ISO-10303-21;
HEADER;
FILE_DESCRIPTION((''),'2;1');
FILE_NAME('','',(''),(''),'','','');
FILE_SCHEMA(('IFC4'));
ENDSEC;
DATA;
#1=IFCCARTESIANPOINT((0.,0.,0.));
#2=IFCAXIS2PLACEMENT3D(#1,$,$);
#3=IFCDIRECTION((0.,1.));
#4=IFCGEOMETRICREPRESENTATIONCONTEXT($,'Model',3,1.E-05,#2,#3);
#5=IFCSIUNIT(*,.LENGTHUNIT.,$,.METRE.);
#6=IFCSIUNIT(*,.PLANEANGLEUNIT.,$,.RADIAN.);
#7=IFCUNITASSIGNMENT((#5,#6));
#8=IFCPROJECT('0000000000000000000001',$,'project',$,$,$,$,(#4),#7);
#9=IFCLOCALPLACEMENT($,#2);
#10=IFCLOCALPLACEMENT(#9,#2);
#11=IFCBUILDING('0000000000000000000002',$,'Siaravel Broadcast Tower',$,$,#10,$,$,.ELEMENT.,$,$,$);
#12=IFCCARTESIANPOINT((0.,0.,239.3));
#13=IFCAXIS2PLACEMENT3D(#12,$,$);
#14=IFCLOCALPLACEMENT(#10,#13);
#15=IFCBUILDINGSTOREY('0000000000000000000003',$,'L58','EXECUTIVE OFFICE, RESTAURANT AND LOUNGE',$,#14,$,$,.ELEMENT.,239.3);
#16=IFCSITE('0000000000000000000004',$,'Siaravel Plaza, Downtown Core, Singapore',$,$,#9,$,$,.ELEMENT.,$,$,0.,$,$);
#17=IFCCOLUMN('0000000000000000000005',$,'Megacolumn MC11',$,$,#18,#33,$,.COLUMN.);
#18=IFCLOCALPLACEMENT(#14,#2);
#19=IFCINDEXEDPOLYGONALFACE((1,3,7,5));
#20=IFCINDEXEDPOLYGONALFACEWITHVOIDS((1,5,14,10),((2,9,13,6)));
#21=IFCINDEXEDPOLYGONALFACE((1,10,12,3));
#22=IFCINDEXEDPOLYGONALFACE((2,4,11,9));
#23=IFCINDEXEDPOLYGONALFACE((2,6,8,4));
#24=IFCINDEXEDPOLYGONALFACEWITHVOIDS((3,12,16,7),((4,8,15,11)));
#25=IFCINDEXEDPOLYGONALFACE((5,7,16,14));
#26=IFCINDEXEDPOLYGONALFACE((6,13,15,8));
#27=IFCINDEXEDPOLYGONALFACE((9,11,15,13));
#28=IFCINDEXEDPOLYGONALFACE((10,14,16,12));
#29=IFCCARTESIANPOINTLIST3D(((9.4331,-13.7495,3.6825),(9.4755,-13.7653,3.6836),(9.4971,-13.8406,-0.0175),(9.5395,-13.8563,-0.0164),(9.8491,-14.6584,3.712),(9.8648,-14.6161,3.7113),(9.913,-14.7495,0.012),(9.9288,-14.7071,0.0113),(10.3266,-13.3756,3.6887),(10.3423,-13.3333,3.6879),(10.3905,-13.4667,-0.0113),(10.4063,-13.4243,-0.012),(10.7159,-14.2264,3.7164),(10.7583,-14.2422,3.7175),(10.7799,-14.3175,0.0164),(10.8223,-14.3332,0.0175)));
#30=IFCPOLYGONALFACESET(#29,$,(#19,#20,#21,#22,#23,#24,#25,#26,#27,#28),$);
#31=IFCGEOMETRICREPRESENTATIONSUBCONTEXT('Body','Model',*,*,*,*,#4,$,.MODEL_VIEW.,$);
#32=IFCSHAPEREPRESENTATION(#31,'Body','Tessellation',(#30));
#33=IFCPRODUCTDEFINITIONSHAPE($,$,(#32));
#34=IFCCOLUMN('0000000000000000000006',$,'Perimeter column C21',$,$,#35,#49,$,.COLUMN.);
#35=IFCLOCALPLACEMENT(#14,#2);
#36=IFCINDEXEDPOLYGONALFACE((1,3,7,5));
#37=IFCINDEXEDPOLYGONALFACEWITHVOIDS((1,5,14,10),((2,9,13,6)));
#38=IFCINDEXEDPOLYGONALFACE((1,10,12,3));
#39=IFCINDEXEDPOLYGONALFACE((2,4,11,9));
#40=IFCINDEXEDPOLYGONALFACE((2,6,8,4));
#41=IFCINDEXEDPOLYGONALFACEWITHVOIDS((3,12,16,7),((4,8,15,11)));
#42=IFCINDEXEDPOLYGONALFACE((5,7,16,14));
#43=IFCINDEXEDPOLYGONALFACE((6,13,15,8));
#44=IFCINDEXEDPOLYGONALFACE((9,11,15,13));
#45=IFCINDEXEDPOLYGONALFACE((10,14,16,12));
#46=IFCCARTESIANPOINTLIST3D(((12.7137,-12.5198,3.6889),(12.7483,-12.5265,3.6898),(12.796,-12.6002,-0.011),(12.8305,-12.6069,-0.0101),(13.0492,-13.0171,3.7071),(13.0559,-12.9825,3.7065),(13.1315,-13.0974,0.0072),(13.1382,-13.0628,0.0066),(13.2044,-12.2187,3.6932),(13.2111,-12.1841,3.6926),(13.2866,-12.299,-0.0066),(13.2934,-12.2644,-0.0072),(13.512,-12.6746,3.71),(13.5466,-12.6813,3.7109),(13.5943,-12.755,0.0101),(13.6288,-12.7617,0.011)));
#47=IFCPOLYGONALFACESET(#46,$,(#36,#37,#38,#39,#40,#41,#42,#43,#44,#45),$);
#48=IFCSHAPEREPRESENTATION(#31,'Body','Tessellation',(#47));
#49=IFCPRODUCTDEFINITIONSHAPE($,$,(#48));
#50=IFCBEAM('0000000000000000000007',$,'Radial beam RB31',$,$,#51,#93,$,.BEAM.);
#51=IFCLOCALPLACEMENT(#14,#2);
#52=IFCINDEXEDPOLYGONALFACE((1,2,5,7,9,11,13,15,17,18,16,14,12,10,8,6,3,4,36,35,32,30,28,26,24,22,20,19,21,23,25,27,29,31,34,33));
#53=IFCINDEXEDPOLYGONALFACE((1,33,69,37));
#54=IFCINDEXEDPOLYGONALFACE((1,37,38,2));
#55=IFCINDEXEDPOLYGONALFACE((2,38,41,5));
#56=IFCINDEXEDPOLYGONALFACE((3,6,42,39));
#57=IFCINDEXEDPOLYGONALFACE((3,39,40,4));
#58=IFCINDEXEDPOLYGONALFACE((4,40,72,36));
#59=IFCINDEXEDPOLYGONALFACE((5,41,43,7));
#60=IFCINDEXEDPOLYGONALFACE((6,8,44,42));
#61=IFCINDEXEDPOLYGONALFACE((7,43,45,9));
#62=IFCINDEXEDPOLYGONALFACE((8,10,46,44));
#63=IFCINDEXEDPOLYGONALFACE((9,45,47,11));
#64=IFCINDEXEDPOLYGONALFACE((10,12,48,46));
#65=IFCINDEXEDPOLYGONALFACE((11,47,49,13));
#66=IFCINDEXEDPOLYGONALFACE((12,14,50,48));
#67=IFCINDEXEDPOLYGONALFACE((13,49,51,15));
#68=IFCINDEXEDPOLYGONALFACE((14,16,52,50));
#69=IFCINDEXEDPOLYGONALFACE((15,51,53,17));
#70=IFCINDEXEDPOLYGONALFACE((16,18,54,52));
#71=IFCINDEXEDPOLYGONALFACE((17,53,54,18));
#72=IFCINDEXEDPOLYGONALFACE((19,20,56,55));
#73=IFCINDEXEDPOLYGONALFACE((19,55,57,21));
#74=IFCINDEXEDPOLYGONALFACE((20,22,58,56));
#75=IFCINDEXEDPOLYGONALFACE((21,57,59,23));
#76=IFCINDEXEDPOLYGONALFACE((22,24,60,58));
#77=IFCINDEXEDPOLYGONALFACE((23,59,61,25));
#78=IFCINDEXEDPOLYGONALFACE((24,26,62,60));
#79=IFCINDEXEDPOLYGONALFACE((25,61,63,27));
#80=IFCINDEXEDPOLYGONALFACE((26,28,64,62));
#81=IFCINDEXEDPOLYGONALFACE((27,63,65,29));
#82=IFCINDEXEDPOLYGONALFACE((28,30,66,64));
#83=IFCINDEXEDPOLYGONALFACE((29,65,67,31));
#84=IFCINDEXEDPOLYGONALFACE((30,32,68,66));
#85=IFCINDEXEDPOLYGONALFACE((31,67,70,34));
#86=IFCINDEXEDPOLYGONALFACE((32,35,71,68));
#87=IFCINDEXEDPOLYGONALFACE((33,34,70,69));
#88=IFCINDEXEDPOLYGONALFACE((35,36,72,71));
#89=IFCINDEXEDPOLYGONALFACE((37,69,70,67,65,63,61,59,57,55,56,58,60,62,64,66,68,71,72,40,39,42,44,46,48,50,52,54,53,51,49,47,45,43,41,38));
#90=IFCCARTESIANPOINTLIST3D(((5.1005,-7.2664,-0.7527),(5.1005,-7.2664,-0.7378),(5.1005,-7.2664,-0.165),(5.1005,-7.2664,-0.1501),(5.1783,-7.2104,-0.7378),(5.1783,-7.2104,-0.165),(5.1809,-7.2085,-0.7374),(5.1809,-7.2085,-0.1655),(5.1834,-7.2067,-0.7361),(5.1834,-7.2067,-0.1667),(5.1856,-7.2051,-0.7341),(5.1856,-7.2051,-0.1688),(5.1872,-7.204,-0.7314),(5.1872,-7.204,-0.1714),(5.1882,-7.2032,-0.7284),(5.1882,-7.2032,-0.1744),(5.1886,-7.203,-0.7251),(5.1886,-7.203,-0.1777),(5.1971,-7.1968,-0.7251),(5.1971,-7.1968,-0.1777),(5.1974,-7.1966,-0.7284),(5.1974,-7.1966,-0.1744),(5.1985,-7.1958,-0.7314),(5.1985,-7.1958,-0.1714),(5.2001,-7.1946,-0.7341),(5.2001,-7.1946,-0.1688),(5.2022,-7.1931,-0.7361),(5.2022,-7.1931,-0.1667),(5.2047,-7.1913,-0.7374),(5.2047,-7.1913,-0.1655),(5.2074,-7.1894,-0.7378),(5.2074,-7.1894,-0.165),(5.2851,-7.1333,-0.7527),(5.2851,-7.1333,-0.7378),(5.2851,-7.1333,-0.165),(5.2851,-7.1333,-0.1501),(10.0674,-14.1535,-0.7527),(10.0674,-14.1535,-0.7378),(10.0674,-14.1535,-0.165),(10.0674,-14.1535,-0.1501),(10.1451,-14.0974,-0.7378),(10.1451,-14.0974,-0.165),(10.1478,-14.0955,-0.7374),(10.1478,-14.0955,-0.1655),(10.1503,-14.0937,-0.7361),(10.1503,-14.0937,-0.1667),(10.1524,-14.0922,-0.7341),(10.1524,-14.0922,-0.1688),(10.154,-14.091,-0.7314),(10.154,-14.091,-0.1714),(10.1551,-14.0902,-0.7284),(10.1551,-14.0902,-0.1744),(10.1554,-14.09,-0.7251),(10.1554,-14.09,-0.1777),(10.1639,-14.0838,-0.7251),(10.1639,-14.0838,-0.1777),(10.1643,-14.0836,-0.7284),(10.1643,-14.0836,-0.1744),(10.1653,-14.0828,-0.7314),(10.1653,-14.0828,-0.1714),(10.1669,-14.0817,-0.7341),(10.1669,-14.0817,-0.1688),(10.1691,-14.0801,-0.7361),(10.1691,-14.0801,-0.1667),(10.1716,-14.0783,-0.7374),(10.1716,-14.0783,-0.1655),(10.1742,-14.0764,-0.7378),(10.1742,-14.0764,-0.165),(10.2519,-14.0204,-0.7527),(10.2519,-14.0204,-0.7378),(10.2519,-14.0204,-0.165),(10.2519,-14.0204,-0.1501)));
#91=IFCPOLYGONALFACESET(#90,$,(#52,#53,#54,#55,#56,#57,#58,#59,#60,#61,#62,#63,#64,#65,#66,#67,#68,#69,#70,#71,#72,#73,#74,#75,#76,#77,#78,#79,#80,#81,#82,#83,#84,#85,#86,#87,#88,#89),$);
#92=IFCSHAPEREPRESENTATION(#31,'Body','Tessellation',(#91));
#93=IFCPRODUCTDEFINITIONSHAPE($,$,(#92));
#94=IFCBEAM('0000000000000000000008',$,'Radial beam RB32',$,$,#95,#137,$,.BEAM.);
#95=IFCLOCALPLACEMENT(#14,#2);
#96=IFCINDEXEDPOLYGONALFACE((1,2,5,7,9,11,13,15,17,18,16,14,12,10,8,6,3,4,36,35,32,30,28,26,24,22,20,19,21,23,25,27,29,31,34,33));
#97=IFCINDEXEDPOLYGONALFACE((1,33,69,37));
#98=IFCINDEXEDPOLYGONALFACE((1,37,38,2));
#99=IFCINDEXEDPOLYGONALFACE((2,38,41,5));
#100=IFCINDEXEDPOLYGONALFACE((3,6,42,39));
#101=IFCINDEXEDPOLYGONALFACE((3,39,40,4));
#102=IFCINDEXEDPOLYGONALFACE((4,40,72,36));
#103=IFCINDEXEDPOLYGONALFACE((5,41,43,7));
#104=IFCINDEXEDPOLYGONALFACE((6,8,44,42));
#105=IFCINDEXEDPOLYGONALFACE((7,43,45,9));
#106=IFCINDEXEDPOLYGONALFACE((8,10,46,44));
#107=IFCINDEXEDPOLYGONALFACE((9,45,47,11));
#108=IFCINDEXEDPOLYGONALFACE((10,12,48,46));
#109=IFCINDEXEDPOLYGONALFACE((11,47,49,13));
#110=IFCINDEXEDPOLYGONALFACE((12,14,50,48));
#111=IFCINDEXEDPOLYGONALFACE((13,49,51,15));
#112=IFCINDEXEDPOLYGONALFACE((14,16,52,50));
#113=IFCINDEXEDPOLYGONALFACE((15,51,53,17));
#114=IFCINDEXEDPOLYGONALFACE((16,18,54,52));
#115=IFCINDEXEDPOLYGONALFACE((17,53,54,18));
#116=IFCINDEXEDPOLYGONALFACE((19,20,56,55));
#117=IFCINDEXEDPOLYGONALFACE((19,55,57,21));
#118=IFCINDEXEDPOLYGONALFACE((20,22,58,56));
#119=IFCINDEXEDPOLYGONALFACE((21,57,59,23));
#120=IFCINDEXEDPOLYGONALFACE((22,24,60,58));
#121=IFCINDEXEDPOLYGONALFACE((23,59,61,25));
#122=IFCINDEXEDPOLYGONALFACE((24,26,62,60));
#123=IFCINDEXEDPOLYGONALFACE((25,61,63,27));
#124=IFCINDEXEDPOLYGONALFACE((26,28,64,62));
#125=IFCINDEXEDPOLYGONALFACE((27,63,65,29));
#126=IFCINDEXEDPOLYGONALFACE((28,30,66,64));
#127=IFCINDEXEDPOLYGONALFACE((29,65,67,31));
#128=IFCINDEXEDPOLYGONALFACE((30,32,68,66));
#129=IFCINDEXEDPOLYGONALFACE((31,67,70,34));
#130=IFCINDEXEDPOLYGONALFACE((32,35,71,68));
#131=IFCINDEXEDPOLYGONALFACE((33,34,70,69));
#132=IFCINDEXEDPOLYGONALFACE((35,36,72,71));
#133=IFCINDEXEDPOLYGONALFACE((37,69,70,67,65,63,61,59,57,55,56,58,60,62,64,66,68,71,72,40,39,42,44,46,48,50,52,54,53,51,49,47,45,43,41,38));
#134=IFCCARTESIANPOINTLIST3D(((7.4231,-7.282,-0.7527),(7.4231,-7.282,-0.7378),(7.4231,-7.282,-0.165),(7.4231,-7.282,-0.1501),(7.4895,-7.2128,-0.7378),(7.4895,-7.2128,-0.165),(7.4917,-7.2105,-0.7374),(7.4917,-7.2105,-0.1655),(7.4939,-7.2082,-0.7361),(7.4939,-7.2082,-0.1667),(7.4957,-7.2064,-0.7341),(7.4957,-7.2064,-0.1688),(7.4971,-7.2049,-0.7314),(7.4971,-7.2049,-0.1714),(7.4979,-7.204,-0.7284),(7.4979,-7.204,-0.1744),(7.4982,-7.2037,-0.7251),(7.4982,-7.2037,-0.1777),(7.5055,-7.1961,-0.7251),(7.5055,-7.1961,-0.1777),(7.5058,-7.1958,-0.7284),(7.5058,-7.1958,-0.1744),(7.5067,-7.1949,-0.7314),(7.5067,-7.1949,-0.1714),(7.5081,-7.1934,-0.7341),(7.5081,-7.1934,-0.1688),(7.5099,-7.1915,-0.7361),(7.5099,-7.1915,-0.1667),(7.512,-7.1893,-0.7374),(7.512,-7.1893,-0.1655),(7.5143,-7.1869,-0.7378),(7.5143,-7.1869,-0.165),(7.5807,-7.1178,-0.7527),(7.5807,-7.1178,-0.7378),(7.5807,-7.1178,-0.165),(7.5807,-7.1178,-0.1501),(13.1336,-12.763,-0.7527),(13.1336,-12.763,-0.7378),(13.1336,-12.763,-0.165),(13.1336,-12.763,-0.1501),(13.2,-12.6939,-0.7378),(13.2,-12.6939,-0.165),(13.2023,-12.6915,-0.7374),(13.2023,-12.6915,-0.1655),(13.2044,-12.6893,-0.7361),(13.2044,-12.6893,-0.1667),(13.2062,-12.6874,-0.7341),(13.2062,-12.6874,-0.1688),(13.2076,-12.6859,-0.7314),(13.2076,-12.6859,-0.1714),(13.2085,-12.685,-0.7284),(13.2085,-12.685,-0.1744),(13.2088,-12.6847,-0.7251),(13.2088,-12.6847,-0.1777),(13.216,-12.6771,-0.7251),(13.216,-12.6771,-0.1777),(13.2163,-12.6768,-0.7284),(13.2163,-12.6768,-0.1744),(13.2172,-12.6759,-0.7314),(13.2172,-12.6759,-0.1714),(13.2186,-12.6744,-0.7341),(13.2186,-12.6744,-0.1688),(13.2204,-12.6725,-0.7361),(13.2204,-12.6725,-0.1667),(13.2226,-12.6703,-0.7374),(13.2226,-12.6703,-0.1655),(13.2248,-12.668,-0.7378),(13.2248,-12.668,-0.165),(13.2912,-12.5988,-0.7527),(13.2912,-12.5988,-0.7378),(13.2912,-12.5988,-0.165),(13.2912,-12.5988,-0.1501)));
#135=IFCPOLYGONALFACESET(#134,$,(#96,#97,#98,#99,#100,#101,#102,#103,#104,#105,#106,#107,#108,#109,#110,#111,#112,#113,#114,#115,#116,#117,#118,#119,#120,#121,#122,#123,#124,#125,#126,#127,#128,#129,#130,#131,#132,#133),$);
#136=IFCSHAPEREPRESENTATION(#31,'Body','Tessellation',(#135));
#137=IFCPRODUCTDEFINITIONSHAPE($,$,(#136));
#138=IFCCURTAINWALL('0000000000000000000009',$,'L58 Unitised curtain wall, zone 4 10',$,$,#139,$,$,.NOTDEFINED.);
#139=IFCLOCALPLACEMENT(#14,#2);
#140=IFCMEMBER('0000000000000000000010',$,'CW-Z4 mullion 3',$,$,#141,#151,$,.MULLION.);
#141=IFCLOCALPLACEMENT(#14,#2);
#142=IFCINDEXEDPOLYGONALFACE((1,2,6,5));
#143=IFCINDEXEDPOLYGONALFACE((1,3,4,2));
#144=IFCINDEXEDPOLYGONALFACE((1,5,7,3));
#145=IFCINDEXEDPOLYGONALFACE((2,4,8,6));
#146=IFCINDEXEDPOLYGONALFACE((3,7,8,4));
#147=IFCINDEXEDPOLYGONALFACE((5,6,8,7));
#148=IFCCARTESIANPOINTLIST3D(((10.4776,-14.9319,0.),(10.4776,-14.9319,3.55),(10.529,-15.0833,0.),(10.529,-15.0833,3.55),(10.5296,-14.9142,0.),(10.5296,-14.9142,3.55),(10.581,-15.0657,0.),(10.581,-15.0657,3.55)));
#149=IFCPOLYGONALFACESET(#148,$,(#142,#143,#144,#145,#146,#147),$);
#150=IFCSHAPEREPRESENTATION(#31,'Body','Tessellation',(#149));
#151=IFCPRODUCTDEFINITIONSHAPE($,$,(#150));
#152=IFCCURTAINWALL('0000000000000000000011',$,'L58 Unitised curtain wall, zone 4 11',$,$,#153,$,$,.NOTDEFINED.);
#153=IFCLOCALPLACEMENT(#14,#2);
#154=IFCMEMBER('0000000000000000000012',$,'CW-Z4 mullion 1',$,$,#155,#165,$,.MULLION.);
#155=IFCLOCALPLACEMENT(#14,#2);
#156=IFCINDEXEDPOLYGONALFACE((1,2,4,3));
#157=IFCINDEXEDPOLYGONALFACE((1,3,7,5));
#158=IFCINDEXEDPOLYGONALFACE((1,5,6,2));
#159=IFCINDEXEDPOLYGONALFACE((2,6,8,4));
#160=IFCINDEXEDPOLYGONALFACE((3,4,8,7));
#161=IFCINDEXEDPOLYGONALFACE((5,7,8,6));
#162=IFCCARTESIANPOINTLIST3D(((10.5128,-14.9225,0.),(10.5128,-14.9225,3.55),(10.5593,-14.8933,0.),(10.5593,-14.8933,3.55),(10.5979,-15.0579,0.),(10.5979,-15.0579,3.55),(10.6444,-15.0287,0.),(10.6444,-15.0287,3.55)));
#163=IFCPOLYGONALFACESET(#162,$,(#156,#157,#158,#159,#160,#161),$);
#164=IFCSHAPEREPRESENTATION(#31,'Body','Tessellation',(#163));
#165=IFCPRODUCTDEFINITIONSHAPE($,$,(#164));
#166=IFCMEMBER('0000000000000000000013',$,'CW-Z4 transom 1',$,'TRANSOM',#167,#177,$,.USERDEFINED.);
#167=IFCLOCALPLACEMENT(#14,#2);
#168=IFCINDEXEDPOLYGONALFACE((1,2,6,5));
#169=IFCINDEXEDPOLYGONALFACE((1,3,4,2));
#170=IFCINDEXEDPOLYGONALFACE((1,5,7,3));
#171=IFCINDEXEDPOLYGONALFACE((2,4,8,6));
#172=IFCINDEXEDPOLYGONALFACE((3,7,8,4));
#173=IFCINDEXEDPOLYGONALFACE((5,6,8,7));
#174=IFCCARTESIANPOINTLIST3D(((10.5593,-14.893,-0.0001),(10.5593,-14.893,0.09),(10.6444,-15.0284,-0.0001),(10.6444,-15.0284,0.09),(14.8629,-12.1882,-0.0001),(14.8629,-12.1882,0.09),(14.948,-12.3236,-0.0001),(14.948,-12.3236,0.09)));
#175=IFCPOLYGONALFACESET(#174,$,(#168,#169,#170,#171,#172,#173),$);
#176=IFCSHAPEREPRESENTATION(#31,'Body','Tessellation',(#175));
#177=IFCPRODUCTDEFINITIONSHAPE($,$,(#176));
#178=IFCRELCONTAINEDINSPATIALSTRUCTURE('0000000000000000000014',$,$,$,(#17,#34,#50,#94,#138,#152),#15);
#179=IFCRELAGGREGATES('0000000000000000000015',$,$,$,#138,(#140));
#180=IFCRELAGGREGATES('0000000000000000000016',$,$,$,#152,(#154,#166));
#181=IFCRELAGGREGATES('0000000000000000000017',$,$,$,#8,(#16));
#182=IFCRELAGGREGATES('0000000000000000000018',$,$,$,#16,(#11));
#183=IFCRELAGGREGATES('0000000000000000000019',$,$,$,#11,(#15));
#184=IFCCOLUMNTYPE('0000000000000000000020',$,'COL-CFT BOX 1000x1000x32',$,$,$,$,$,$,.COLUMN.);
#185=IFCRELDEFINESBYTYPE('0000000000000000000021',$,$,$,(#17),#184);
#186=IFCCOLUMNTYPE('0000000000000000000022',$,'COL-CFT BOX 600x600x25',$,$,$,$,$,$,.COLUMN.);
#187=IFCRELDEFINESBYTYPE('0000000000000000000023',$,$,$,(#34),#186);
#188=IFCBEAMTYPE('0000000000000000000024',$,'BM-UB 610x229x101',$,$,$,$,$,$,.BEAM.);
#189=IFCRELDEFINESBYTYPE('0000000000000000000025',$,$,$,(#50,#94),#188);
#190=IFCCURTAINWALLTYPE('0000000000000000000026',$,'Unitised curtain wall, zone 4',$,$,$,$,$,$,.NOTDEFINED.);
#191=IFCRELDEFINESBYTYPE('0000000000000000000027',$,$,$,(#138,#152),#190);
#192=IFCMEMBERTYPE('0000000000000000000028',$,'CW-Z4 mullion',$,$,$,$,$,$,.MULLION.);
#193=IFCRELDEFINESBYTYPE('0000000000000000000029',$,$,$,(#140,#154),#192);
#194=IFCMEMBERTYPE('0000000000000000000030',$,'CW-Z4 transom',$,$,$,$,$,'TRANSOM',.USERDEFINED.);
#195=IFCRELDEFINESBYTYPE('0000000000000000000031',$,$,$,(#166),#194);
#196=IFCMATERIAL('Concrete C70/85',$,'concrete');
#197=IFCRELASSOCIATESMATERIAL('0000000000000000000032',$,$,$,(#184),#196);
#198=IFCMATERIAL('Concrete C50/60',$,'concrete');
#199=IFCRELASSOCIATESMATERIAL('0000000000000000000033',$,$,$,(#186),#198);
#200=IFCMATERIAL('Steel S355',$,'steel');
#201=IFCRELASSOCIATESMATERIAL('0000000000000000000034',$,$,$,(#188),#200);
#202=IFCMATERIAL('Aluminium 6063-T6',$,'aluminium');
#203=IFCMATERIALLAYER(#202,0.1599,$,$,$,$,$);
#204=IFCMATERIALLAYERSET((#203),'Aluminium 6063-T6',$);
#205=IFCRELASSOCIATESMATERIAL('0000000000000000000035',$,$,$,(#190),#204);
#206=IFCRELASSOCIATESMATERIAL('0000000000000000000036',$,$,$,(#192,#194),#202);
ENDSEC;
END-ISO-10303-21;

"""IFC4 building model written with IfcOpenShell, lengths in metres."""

from ifc_helpers import new_model, si_unit, direction, frame, origin, origin_2d, place, context, subcontext, project, spatial, rectangle, hollow_rectangle, i_section, extrude, material, layer, layer_set, material_profile, profile_set, type_object, element, aggregate, save


model = new_model("IFC4")

# Units and contexts
model_context = context("Model", 3, precision=1e-05, world=origin(), true_north=direction((0.0, 1.0)))
body_context = subcontext(model_context, "Body", "Model", "MODEL_VIEW")
ifc_project = project(units=[si_unit("LENGTHUNIT", "METRE"), si_unit("PLANEANGLEUNIT", "RADIAN")], contexts=[model_context])

# Site, building, storey
site_placement = place(None, origin())
site = spatial("IfcSite", under=ifc_project, at=site_placement, Name="Siaravel Plaza, Downtown Core, Singapore", CompositionType="ELEMENT", RefElevation=0.0)
building_placement = place(site_placement, origin())
building = spatial("IfcBuilding", under=site, at=building_placement, Name="Siaravel Broadcast Tower", CompositionType="ELEMENT")
storey_placement = place(building_placement, frame((0.0, 0.0, 239.3)))
storey = spatial("IfcBuildingStorey", under=building, at=storey_placement, Name="L58", Description="EXECUTIVE OFFICE, RESTAURANT AND LOUNGE", CompositionType="ELEMENT", Elevation=239.3)

# Columns
ifc_material_1 = material(Name="Concrete C70/85", Category="concrete")
ifc_material_profile_1 = material_profile(ifc_material_1, hollow_rectangle(XDim=1.0, YDim=1.0, WallThickness=0.032, at=origin_2d()))
ifc_profile_set_1 = profile_set([ifc_material_profile_1], Name="Concrete C70/85")
column_type_1 = type_object("IfcColumnType", Name="COL-CFT BOX 1000x1000x32", PredefinedType="COLUMN", material=ifc_profile_set_1)
column_1_placement = place(storey_placement, frame((10.1597, -14.0869, 0.0), z_axis=(-0.01728, 0.024601, 0.999548), x_axis=(-0.909227, -0.416264, -0.005474)))
element("IfcColumn", 1, at=column_1_placement, inside=storey, type_object=column_type_1, Name="Megacolumn MC11", PredefinedType="COLUMN", context=body_context, shape_type="SweptSolid", body=[
    extrude(hollow_rectangle(XDim=1.0, YDim=1.0, WallThickness=0.032, at=origin_2d()), origin(), (0.0, 0.0, 1.0), 3.7017),
])
ifc_material_2 = material(Name="Concrete C50/60", Category="concrete")
ifc_material_profile_2 = material_profile(ifc_material_2, hollow_rectangle(XDim=0.6001, YDim=0.6001, WallThickness=0.0249, at=origin_2d()))
ifc_profile_set_2 = profile_set([ifc_material_profile_2], Name="Concrete C50/60")
column_type_2 = type_object("IfcColumnType", Name="COL-CFT BOX 600x600x25", PredefinedType="COLUMN", material=ifc_profile_set_2)
column_2_placement = place(storey_placement, frame((13.2124, -12.6809, 0.0), z_axis=(-0.022226, 0.021699, 0.999517), x_axis=(-0.828839, -0.559452, -0.006286)))
element("IfcColumn", 2, at=column_2_placement, inside=storey, type_object=column_type_2, Name="Perimeter column C21", PredefinedType="COLUMN", context=body_context, shape_type="SweptSolid", body=[
    extrude(hollow_rectangle(XDim=0.6001, YDim=0.6001, WallThickness=0.0249, at=origin_2d()), origin(), (0.0, 0.0, 1.0), 3.7017),
])

# Beams
ifc_material_3 = material(Name="Steel S355", Category="steel")
ifc_material_profile_3 = material_profile(ifc_material_3, i_section(OverallWidth=0.2275, OverallDepth=0.6025, WebThickness=0.0105, FlangeThickness=0.0149, FilletRadius=0.0127, at=origin_2d()))
ifc_profile_set_3 = profile_set([ifc_material_profile_3], Name="Steel S355")
beam_type = type_object("IfcBeamType", Name="BM-UB 610x229x101", PredefinedType="BEAM", material=ifc_profile_set_3)
beam_1_placement = place(storey_placement, frame((10.1597, -14.0869, -0.4514), z_axis=(-0.584939, 0.811077, 0.0), x_axis=(-0.811077, -0.584939, 0.0)))
element("IfcBeam", 3, at=beam_1_placement, inside=storey, type_object=beam_type, Name="Radial beam RB31", PredefinedType="BEAM", context=body_context, shape_type="SweptSolid", body=[
    extrude(i_section(OverallWidth=0.2275, OverallDepth=0.6025, WebThickness=0.0105, FlangeThickness=0.0149, FilletRadius=0.0127, at=origin_2d()), origin(), (0.0, 0.0, 1.0), 8.4912),
])
beam_2_placement = place(storey_placement, frame((13.2124, -12.6809, -0.4514), z_axis=(-0.721455, 0.692461, 0.0), x_axis=(-0.692461, -0.721455, 0.0)))
element("IfcBeam", 4, at=beam_2_placement, inside=storey, type_object=beam_type, Name="Radial beam RB32", PredefinedType="BEAM", context=body_context, shape_type="SweptSolid", body=[
    extrude(i_section(OverallWidth=0.2275, OverallDepth=0.6025, WebThickness=0.0105, FlangeThickness=0.0149, FilletRadius=0.0127, at=origin_2d()), origin(), (0.0, 0.0, 1.0), 7.9153),
])

# Curtain wall, member
ifc_material_4 = material(Name="Aluminium 6063-T6", Category="aluminium")
ifc_layer_1 = layer(ifc_material_4, 0.1599)
ifc_layer_set_1 = layer_set([ifc_layer_1], Name="Aluminium 6063-T6")
curtain_wall_type = type_object("IfcCurtainWallType", Name="Unitised curtain wall, zone 4", PredefinedType="NOTDEFINED", material=ifc_layer_set_1)
curtain_wall_1_placement = place(storey_placement, origin())
curtain_wall_1 = element("IfcCurtainWall", 5, at=curtain_wall_1_placement, inside=storey, type_object=curtain_wall_type, Name="L58 Unitised curtain wall, zone 4 10", PredefinedType="NOTDEFINED")
ifc_material_profile_4 = material_profile(ifc_material_4, rectangle(XDim=0.1599, YDim=0.0549, at=origin_2d()))
ifc_profile_set_4 = profile_set([ifc_material_profile_4], Name="Aluminium 6063-T6")
member_type_1 = type_object("IfcMemberType", Name="CW-Z4 mullion", PredefinedType="MULLION", material=ifc_profile_set_4)
member_1_placement = place(storey_placement, frame((10.5293, -14.9988, 0.0), z_axis=(0.0, 0.0, 1.0), x_axis=(-0.321301, 0.946977, 0.0)))
member_1 = element("IfcMember", 6, at=member_1_placement, type_object=member_type_1, Name="CW-Z4 mullion 3", PredefinedType="MULLION", context=body_context, shape_type="SweptSolid", body=[
    extrude(rectangle(XDim=0.1599, YDim=0.0549, at=origin_2d()), origin(), (0.0, 0.0, 1.0), 3.55),
])
aggregate(curtain_wall_1, [member_1])

# Curtain wall, members
curtain_wall_2_placement = place(storey_placement, origin())
curtain_wall_2 = element("IfcCurtainWall", 7, at=curtain_wall_2_placement, inside=storey, type_object=curtain_wall_type, Name="L58 Unitised curtain wall, zone 4 11", PredefinedType="NOTDEFINED")
member_2_placement = place(storey_placement, frame((10.5786, -14.9756, 0.0), z_axis=(0.0, 0.0, 1.0), x_axis=(-0.53215, 0.84665, 0.0)))
member_2 = element("IfcMember", 8, at=member_2_placement, type_object=member_type_1, Name="CW-Z4 mullion 1", PredefinedType="MULLION", context=body_context, shape_type="SweptSolid", body=[
    extrude(rectangle(XDim=0.1599, YDim=0.0549, at=origin_2d()), origin(), (0.0, 0.0, 1.0), 3.55),
])
ifc_material_profile_5 = material_profile(ifc_material_4, rectangle(XDim=0.1599, YDim=0.0901, at=origin_2d()))
ifc_profile_set_5 = profile_set([ifc_material_profile_5], Name="Aluminium 6063-T6")
member_type_2 = type_object("IfcMemberType", Name="CW-Z4 transom", ElementType="TRANSOM", PredefinedType="USERDEFINED", material=ifc_profile_set_5)
member_3_placement = place(storey_placement, frame((10.6018, -14.9607, 0.0449), z_axis=(0.846668, 0.532121, 0.0), x_axis=(-0.532121, 0.846668, 0.0)))
member_3 = element("IfcMember", 9, at=member_3_placement, type_object=member_type_2, Name="CW-Z4 transom 1", ObjectType="TRANSOM", PredefinedType="USERDEFINED", context=body_context, shape_type="SweptSolid", body=[
    extrude(rectangle(XDim=0.1599, YDim=0.0901, at=origin_2d()), origin(), (0.0, 0.0, 1.0), 5.083),
])
aggregate(curtain_wall_2, [member_2, member_3])

save(model, "model.ifc")
